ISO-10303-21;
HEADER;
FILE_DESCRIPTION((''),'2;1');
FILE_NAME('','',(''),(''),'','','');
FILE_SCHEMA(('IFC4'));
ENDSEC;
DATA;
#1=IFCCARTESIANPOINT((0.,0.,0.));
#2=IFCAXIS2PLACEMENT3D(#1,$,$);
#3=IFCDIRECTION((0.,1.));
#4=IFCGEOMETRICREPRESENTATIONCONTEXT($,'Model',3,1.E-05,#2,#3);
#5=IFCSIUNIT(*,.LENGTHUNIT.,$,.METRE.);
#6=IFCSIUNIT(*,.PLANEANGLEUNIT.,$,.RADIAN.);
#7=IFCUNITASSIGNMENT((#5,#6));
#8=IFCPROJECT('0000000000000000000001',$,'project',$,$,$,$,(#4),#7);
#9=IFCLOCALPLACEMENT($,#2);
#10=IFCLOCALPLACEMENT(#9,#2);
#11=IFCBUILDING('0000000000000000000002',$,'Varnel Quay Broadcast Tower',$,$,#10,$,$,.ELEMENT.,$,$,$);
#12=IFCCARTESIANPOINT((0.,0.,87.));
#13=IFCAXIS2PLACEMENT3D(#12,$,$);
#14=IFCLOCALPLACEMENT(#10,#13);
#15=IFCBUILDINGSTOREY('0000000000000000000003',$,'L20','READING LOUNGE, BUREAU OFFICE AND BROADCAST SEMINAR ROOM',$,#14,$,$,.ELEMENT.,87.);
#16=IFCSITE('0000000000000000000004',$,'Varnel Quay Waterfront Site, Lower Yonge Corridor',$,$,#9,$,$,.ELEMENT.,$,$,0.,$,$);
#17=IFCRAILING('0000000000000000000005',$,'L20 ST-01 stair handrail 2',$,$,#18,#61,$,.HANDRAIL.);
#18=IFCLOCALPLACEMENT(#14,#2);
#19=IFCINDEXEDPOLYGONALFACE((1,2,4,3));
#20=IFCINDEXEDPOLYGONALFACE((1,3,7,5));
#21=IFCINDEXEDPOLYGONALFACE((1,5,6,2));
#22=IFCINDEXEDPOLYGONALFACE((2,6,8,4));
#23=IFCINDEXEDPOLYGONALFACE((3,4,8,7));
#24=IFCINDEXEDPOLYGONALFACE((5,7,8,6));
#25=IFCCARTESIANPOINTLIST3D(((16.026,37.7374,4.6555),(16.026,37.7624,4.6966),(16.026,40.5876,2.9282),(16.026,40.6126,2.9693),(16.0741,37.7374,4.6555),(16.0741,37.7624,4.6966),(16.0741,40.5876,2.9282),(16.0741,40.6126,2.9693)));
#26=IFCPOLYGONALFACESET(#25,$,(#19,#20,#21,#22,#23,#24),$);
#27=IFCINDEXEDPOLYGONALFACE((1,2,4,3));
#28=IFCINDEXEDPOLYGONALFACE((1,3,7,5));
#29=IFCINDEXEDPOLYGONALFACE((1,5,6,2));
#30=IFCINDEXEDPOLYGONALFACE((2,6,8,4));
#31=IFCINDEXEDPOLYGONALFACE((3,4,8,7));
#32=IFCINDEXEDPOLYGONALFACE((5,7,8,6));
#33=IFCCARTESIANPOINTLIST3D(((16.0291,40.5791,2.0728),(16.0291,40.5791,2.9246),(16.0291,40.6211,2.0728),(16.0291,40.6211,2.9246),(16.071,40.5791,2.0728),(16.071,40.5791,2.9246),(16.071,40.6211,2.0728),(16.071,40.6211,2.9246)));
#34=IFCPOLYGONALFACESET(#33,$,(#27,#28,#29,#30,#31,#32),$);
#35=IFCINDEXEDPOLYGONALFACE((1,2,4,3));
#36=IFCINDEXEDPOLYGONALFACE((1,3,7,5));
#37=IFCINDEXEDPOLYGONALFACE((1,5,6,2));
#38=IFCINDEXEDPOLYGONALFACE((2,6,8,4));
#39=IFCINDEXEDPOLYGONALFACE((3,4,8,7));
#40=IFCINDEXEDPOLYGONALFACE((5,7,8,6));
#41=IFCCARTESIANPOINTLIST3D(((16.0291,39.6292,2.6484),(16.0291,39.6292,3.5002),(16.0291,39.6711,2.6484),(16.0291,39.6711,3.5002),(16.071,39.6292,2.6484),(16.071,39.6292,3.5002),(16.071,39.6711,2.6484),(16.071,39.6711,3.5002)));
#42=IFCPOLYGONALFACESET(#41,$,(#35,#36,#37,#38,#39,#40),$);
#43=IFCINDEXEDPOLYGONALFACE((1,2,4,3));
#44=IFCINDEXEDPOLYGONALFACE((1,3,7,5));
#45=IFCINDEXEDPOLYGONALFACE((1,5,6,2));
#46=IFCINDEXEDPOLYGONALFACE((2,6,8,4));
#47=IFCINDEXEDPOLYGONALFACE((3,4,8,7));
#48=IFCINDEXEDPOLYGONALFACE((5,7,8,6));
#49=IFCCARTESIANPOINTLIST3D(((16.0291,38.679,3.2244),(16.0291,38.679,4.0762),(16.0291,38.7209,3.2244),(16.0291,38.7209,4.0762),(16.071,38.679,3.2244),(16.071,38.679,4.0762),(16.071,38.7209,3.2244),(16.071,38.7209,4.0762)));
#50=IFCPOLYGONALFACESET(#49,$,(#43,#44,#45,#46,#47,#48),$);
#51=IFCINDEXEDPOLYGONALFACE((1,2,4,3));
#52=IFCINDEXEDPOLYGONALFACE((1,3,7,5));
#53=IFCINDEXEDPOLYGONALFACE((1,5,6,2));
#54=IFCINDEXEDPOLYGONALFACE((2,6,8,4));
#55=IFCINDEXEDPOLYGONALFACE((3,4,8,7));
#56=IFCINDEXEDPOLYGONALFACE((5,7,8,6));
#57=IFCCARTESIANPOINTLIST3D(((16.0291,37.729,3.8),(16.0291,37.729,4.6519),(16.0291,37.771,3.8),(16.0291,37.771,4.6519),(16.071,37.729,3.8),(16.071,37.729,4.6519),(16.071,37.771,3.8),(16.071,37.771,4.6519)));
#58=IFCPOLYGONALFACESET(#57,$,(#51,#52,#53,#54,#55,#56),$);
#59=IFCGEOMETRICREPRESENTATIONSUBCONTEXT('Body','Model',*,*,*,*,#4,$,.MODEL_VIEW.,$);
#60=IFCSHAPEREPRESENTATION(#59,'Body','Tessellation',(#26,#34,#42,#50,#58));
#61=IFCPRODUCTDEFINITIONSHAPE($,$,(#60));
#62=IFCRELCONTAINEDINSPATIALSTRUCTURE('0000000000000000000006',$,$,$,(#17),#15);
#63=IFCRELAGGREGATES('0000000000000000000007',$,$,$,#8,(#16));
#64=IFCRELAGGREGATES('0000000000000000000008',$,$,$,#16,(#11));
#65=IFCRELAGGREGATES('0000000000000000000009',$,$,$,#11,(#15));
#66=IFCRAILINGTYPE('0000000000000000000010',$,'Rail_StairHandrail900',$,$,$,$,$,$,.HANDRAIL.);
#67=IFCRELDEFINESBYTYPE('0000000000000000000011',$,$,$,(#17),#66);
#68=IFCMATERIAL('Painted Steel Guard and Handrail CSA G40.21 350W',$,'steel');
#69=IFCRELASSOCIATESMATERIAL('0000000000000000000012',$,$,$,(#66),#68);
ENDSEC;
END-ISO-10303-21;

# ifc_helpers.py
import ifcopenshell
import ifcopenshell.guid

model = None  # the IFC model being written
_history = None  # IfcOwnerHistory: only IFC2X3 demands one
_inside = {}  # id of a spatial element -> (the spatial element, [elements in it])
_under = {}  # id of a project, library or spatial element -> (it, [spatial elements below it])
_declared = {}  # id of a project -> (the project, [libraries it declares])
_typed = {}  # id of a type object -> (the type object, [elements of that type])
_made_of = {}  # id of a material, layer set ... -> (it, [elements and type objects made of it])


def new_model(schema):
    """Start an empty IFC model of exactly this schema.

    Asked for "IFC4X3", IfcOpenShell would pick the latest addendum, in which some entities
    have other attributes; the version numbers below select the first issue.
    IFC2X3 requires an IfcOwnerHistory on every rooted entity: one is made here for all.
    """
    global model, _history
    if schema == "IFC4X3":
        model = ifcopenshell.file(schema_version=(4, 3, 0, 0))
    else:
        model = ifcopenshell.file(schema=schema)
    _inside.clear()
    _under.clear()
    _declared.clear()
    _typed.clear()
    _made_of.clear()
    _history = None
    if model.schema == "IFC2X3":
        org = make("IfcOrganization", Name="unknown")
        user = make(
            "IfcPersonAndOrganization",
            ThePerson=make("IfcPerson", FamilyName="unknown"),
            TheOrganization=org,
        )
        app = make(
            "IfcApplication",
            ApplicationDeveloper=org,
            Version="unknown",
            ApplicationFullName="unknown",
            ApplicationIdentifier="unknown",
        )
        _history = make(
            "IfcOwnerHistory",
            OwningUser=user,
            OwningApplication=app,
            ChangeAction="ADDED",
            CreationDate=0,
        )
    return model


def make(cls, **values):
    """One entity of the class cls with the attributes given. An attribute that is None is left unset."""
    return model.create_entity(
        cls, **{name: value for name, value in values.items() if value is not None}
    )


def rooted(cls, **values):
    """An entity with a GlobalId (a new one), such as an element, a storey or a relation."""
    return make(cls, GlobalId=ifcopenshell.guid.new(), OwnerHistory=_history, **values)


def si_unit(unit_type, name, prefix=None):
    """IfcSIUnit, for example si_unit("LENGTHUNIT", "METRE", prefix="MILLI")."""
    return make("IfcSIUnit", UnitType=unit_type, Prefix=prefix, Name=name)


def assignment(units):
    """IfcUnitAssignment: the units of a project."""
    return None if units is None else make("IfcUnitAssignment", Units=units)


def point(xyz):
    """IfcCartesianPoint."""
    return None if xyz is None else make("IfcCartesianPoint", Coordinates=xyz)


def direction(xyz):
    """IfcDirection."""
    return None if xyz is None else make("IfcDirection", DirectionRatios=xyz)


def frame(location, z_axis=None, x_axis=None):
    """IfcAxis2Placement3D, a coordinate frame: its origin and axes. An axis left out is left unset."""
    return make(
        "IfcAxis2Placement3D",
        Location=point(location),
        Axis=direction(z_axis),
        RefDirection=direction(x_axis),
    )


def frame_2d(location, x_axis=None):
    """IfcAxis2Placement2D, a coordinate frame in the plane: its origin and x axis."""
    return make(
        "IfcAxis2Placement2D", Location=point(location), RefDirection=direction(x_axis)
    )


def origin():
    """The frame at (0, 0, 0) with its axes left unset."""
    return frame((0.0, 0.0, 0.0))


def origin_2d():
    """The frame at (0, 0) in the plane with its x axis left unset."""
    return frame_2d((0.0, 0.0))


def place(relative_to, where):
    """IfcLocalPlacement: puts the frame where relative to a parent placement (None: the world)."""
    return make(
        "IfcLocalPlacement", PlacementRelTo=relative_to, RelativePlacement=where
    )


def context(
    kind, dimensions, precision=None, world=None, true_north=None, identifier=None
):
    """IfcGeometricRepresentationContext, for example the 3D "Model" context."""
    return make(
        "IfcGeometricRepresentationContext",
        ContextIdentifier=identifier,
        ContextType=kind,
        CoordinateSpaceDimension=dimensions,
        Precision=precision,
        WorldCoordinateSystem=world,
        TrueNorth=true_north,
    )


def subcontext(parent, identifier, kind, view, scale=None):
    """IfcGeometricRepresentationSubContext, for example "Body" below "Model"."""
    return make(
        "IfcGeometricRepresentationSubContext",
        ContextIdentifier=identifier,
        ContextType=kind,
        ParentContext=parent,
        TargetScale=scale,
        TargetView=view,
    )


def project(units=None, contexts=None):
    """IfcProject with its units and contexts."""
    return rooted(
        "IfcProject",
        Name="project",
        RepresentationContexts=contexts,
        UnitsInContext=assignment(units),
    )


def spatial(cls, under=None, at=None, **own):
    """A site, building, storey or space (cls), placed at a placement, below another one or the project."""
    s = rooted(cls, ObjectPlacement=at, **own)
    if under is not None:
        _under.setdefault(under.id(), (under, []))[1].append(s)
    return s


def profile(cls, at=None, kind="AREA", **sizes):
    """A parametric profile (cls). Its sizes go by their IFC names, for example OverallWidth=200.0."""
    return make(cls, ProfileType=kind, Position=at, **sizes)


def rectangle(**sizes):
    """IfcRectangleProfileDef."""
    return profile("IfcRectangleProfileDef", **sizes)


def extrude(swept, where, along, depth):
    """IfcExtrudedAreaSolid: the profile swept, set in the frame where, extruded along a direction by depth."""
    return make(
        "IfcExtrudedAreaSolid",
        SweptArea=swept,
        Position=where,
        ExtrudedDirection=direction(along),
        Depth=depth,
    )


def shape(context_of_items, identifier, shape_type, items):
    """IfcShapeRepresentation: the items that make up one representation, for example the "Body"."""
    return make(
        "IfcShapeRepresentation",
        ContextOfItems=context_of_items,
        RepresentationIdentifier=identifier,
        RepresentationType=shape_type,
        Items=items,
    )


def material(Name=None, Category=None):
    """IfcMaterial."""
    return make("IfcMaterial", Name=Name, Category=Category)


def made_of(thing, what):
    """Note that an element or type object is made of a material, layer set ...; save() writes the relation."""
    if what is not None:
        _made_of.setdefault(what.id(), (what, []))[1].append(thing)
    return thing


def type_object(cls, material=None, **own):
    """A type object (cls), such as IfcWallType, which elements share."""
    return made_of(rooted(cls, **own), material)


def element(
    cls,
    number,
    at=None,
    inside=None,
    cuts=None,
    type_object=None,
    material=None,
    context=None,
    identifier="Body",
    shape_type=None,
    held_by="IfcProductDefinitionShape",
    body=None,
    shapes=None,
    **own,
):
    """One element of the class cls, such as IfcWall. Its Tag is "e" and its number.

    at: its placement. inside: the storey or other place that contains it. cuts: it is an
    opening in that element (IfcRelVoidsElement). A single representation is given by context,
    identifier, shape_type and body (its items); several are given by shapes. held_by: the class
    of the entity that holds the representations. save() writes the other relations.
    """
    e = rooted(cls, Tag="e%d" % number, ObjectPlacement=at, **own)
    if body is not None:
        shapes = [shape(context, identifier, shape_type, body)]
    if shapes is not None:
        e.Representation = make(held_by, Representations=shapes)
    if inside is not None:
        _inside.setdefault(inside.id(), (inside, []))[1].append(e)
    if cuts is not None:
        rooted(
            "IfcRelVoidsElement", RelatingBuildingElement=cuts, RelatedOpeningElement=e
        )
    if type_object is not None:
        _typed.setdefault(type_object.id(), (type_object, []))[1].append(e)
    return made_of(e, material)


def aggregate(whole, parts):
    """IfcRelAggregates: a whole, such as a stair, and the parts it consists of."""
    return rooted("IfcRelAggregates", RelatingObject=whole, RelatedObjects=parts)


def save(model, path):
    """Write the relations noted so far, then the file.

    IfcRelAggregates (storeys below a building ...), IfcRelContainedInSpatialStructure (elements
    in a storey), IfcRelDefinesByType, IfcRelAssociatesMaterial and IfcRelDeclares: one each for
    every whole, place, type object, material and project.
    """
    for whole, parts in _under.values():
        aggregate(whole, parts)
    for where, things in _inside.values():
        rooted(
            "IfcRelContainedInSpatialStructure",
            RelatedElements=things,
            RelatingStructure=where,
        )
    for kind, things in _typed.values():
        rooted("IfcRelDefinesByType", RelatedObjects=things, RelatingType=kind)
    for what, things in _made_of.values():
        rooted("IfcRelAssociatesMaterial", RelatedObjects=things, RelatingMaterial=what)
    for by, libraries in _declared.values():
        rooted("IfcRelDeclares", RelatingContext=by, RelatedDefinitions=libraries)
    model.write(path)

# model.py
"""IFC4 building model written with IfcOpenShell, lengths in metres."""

from ifc_helpers import new_model, si_unit, direction, frame, origin, origin_2d, place, context, subcontext, project, spatial, rectangle, extrude, material, type_object, element, save


model = new_model("IFC4")

# Units and contexts
model_context = context("Model", 3, precision=1e-05, world=origin(), true_north=direction((0.0, 1.0)))
body_context = subcontext(model_context, "Body", "Model", "MODEL_VIEW")
ifc_project = project(units=[si_unit("LENGTHUNIT", "METRE"), si_unit("PLANEANGLEUNIT", "RADIAN")], contexts=[model_context])

# Site, building, storey
site_placement = place(None, origin())
site = spatial("IfcSite", under=ifc_project, at=site_placement, Name="Varnel Quay Waterfront Site, Lower Yonge Corridor", CompositionType="ELEMENT", RefElevation=0.0)
building_placement = place(site_placement, origin())
building = spatial("IfcBuilding", under=site, at=building_placement, Name="Varnel Quay Broadcast Tower", CompositionType="ELEMENT")
storey_placement = place(building_placement, frame((0.0, 0.0, 87.0)))
storey = spatial("IfcBuildingStorey", under=building, at=storey_placement, Name="L20", Description="READING LOUNGE, BUREAU OFFICE AND BROADCAST SEMINAR ROOM", CompositionType="ELEMENT", Elevation=87.0)

# Railing
ifc_material_1 = material(Name="Painted Steel Guard and Handrail CSA G40.21 350W", Category="steel")
railing_type = type_object("IfcRailingType", Name="Rail_StairHandrail900", PredefinedType="HANDRAIL", material=ifc_material_1)
railing_placement = place(storey_placement, frame((16.05, 40.6001, 2.0728)))
element("IfcRailing", 1, at=railing_placement, inside=storey, type_object=railing_type, Name="L20 ST-01 stair handrail 2", PredefinedType="HANDRAIL", context=body_context, shape_type="SweptSolid", body=[
    extrude(rectangle(XDim=0.0481, YDim=0.0481, at=origin_2d()), frame((0.0, 0.0, 0.876), z_axis=(0.0, -0.855203, 0.518294), x_axis=(1.0, 0.0, 0.0)), (0.0, 0.0, 1.0), 3.3328),
    extrude(rectangle(XDim=0.042, YDim=0.042, at=origin_2d()), origin(), (0.0, 0.0, 1.0), 0.8518),
    extrude(rectangle(XDim=0.042, YDim=0.042, at=origin_2d()), frame((0.0, -0.95, 0.5757)), (0.0, 0.0, 1.0), 0.8518),
    extrude(rectangle(XDim=0.042, YDim=0.042, at=origin_2d()), frame((0.0, -1.9001, 1.1516)), (0.0, 0.0, 1.0), 0.8518),
    extrude(rectangle(XDim=0.042, YDim=0.042, at=origin_2d()), frame((0.0, -2.8501, 1.7273)), (0.0, 0.0, 1.0), 0.8518),
])

save(model, "model.ifc")
